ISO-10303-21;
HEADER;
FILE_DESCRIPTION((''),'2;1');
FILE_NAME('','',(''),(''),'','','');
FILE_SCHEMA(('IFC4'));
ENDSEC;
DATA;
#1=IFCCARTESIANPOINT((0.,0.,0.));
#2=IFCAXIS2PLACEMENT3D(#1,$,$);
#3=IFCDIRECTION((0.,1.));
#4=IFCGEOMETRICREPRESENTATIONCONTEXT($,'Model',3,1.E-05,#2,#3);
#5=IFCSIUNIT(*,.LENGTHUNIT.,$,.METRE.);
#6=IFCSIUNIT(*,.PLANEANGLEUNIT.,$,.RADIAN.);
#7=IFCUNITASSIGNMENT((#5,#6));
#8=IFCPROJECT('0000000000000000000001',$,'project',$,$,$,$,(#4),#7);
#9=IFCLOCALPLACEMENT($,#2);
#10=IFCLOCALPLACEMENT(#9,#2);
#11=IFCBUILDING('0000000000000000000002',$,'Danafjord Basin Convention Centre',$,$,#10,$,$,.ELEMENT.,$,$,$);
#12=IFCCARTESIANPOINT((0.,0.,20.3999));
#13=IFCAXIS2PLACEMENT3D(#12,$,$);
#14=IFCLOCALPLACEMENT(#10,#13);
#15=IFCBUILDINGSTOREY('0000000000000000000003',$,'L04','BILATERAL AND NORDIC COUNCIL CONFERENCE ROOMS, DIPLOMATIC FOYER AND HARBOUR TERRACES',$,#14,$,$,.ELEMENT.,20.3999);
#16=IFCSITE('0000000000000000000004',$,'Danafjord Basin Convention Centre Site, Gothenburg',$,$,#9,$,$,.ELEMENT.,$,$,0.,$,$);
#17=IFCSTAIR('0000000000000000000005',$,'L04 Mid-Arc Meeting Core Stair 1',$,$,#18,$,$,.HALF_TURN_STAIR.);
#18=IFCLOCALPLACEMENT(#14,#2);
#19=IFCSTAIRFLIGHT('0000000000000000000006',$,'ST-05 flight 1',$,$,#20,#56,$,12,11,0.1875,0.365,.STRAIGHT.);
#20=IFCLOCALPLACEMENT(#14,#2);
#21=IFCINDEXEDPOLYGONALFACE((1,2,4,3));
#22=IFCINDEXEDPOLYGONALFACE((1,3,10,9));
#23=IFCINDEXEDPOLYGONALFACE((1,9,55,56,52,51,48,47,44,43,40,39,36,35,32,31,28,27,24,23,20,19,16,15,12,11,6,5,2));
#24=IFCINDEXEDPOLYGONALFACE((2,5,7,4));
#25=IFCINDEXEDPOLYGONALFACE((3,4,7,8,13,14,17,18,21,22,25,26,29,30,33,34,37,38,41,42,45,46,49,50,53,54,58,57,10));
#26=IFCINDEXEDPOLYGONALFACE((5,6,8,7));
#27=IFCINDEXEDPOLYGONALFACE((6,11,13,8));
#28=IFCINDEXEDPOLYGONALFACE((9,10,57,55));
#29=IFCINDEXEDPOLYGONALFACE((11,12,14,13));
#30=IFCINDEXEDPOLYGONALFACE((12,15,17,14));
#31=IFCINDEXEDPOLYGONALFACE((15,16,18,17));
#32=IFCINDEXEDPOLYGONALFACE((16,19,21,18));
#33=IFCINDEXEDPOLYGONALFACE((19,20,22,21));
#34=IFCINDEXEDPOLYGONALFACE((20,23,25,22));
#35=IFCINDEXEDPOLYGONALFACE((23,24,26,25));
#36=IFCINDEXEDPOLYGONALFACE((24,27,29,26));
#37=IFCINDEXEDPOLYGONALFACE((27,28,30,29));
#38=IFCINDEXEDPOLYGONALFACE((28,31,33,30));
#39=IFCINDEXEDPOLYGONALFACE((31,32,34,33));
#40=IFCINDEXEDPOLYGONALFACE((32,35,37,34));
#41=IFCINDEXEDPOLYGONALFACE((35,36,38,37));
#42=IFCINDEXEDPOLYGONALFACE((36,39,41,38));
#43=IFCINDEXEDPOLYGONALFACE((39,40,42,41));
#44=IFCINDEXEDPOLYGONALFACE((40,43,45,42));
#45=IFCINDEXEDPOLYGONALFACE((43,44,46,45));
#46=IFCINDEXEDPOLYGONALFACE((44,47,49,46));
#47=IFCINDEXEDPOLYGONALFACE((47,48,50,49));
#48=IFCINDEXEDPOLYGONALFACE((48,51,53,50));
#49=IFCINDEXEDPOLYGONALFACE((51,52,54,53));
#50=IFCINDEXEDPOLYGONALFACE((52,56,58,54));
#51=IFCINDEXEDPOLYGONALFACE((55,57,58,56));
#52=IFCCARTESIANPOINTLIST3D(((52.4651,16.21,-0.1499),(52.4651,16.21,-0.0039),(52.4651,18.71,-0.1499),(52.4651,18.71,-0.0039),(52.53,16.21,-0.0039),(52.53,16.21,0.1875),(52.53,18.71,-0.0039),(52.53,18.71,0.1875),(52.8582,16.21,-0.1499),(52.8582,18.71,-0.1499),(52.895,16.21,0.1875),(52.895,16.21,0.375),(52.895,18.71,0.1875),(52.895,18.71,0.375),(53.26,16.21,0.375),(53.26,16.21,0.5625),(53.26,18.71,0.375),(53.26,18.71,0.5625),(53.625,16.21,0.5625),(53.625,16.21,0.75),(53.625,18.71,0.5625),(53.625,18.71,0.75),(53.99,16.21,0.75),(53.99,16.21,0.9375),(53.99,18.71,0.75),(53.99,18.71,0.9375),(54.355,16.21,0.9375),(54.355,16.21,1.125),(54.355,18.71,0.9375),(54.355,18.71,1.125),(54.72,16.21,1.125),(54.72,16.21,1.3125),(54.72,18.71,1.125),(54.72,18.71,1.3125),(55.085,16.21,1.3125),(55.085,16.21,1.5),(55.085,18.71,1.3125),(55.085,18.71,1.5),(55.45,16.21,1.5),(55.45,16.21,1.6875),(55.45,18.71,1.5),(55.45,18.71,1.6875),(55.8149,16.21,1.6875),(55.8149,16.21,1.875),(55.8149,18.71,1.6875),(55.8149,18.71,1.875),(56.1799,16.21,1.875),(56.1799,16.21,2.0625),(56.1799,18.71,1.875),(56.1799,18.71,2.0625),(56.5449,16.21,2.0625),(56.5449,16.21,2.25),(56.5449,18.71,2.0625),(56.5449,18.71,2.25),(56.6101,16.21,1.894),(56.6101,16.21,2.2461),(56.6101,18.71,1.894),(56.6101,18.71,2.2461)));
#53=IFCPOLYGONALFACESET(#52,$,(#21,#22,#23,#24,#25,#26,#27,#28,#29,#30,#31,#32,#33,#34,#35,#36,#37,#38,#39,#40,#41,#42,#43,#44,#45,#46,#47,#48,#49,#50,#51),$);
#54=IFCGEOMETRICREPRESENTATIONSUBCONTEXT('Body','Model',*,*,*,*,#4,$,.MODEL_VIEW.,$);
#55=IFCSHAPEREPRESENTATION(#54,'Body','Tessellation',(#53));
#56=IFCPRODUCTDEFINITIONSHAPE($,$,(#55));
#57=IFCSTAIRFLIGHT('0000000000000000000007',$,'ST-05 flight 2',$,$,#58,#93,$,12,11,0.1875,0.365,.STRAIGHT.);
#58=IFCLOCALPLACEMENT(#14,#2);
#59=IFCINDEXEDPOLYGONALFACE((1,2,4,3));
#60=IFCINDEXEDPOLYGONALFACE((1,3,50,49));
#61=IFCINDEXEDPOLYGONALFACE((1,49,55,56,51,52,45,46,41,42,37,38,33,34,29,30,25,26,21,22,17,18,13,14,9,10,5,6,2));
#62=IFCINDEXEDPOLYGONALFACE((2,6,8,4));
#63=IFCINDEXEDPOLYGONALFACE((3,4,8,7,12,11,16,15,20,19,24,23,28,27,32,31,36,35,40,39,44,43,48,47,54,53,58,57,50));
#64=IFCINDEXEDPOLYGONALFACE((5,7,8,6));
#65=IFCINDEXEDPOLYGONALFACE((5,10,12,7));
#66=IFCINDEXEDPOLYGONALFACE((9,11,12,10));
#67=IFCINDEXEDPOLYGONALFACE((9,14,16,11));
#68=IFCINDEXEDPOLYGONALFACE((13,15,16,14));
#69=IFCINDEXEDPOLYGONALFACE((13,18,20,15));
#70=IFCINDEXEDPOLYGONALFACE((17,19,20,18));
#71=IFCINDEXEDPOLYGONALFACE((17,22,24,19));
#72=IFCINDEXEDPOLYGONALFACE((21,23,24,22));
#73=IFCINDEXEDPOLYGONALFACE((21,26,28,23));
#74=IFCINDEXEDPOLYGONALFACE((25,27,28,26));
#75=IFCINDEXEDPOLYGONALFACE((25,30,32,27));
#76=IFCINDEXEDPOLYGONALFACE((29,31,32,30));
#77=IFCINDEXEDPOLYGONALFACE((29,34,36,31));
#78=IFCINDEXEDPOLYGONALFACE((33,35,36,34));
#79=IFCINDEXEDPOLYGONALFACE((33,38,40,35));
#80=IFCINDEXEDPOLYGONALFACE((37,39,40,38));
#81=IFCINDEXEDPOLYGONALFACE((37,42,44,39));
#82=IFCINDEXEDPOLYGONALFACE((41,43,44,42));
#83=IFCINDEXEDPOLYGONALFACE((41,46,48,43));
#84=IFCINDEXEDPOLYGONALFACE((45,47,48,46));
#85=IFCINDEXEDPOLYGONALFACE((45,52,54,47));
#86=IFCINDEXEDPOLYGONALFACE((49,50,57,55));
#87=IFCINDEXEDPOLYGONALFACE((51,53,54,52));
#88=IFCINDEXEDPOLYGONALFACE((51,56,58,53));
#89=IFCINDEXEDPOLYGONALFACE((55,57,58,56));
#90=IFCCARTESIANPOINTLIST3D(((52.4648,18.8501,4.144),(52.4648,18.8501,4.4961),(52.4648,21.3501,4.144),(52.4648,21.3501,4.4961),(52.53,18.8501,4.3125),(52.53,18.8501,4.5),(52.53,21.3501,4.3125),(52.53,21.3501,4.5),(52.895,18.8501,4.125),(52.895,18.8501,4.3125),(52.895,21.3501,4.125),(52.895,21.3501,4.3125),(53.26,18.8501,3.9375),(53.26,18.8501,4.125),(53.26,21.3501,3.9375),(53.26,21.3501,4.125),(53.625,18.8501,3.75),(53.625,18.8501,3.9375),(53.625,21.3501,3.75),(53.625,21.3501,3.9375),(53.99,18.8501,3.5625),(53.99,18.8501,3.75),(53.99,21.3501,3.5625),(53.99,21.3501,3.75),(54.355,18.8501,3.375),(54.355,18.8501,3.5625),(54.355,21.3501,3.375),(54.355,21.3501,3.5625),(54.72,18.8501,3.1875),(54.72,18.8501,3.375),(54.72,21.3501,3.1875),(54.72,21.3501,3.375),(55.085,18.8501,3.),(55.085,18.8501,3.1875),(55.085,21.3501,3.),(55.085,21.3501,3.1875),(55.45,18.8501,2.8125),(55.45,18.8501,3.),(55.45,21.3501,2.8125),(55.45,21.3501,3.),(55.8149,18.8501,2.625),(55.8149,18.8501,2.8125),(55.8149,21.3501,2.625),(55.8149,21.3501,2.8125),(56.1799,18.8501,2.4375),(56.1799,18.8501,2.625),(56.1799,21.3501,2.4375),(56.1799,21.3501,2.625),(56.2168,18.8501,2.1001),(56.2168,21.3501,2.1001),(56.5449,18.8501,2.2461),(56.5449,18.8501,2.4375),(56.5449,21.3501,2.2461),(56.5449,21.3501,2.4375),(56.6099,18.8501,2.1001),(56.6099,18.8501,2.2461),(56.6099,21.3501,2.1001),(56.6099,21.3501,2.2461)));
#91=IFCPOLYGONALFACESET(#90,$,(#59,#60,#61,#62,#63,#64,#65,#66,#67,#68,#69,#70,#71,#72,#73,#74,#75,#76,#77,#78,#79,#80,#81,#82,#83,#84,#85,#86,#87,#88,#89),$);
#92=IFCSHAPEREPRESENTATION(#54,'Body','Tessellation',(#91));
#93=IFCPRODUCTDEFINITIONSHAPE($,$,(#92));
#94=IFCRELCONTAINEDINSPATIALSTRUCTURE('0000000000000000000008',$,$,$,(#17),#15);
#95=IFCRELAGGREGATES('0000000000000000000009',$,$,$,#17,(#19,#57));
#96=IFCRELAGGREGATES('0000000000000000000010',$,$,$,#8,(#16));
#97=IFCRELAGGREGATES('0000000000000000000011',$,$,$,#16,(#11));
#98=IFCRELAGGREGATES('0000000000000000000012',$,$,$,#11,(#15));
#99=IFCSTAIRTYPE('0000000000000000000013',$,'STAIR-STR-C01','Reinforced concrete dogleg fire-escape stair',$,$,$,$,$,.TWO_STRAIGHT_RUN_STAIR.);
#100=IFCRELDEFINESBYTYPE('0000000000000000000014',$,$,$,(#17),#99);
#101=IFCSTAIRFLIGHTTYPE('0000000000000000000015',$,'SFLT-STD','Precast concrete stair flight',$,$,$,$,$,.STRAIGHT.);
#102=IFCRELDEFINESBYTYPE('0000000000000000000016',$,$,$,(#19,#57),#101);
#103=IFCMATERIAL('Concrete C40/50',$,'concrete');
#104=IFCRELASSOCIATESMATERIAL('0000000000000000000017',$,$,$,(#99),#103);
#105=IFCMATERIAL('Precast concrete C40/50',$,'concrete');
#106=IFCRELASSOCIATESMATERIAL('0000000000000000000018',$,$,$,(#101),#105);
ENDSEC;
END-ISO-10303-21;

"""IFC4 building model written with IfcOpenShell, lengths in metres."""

from ifc_helpers import new_model, si_unit, direction, frame, origin, place, context, subcontext, project, spatial, polyline, outline, extrude, material, type_object, element, aggregate, save


model = new_model("IFC4")

# Units and contexts
model_context = context("Model", 3, precision=1e-05, world=origin(), true_north=direction((0.0, 1.0)))
body_context = subcontext(model_context, "Body", "Model", "MODEL_VIEW")
ifc_project = project(units=[si_unit("LENGTHUNIT", "METRE"), si_unit("PLANEANGLEUNIT", "RADIAN")], contexts=[model_context])

# Site, building, storey
site_placement = place(None, origin())
site = spatial("IfcSite", under=ifc_project, at=site_placement, Name="Danafjord Basin Convention Centre Site, Gothenburg", CompositionType="ELEMENT", RefElevation=0.0)
building_placement = place(site_placement, origin())
building = spatial("IfcBuilding", under=site, at=building_placement, Name="Danafjord Basin Convention Centre", CompositionType="ELEMENT")
storey_placement = place(building_placement, frame((0.0, 0.0, 20.3999)))
storey = spatial("IfcBuildingStorey", under=building, at=storey_placement, Name="L04", Description="BILATERAL AND NORDIC COUNCIL CONFERENCE ROOMS, DIPLOMATIC FOYER AND HARBOUR TERRACES", CompositionType="ELEMENT", Elevation=20.3999)

# Shared definitions
ifc_material_1 = material(Name="Concrete C40/50", Category="concrete")

# Stair, stair flights
stair_type = type_object("IfcStairType", Name="STAIR-STR-C01", Description="Reinforced concrete dogleg fire-escape stair", PredefinedType="TWO_STRAIGHT_RUN_STAIR", material=ifc_material_1)
stair_placement = place(storey_placement, origin())
stair = element("IfcStair", 1, at=stair_placement, inside=storey, type_object=stair_type, Name="L04 Mid-Arc Meeting Core Stair 1", PredefinedType="HALF_TURN_STAIR")
ifc_material_2 = material(Name="Precast concrete C40/50", Category="concrete")
stair_flight_type = type_object("IfcStairFlightType", Name="SFLT-STD", Description="Precast concrete stair flight", PredefinedType="STRAIGHT", material=ifc_material_2)
stair_flight_1_placement = place(storey_placement, frame((52.53, 17.46, 0.0), z_axis=(0.0, 0.0, 1.0), x_axis=(1.0, 0.0, 0.0)))
stair_flight_1 = element("IfcStairFlight", 2, at=stair_flight_1_placement, type_object=stair_flight_type, Name="ST-05 flight 1", NumberOfRisers=12, NumberOfTreads=11, PredefinedType="STRAIGHT", RiserHeight=0.1875, TreadLength=0.365, context=body_context, shape_type="SweptSolid", body=[
    extrude(outline(polyline([(-0.0649, -0.1499), (-0.0649, -0.0039), (0.0, -0.0039), (0.0, 0.1875), (0.365, 0.1875), (0.365, 0.375), (0.73, 0.375), (0.73, 0.5625), (1.095, 0.5625), (1.095, 0.75), (1.46, 0.75), (1.46, 0.9375), (1.825, 0.9375), (1.825, 1.125), (2.1899, 1.125), (2.1899, 1.3125), (2.5549, 1.3125), (2.5549, 1.5), (2.9199, 1.5), (2.9199, 1.6875), (3.2849, 1.6875), (3.2849, 1.875), (3.6499, 1.875), (3.6499, 2.0625), (4.0149, 2.0625), (4.0149, 2.25), (4.0801, 2.2461), (4.0801, 1.894), (0.3281, -0.1499), (-0.0649, -0.1499)])), frame((0.0, 1.25, 0.0), z_axis=(0.0, -1.0, 0.0), x_axis=(1.0, 0.0, 0.0)), (0.0, 0.0, 1.0), 2.5),
])
stair_flight_2_placement = place(storey_placement, frame((56.5449, 20.1001, 2.25), z_axis=(0.0, 0.0, 1.0), x_axis=(-1.0, 0.0, 0.0)))
stair_flight_2 = element("IfcStairFlight", 3, at=stair_flight_2_placement, type_object=stair_flight_type, Name="ST-05 flight 2", NumberOfRisers=12, NumberOfTreads=11, PredefinedType="STRAIGHT", RiserHeight=0.1875, TreadLength=0.365, context=body_context, shape_type="SweptSolid", body=[
    extrude(outline(polyline([(-0.0649, -0.1499), (-0.0649, -0.0039), (0.0, -0.0039), (0.0, 0.1875), (0.365, 0.1875), (0.365, 0.375), (0.73, 0.375), (0.73, 0.5625), (1.095, 0.5625), (1.095, 0.75), (1.46, 0.75), (1.46, 0.9375), (1.825, 0.9375), (1.825, 1.125), (2.1899, 1.125), (2.1899, 1.3125), (2.5549, 1.3125), (2.5549, 1.5), (2.9199, 1.5), (2.9199, 1.6875), (3.2849, 1.6875), (3.2849, 1.875), (3.6499, 1.875), (3.6499, 2.0625), (4.0149, 2.0625), (4.0149, 2.25), (4.0801, 2.2461), (4.0801, 1.894), (0.3281, -0.1499), (-0.0649, -0.1499)])), frame((0.0, 1.25, 0.0), z_axis=(0.0, -1.0, 0.0), x_axis=(1.0, 0.0, 0.0)), (0.0, 0.0, 1.0), 2.5),
])
aggregate(stair, [stair_flight_1, stair_flight_2])

save(model, "model.ifc")
